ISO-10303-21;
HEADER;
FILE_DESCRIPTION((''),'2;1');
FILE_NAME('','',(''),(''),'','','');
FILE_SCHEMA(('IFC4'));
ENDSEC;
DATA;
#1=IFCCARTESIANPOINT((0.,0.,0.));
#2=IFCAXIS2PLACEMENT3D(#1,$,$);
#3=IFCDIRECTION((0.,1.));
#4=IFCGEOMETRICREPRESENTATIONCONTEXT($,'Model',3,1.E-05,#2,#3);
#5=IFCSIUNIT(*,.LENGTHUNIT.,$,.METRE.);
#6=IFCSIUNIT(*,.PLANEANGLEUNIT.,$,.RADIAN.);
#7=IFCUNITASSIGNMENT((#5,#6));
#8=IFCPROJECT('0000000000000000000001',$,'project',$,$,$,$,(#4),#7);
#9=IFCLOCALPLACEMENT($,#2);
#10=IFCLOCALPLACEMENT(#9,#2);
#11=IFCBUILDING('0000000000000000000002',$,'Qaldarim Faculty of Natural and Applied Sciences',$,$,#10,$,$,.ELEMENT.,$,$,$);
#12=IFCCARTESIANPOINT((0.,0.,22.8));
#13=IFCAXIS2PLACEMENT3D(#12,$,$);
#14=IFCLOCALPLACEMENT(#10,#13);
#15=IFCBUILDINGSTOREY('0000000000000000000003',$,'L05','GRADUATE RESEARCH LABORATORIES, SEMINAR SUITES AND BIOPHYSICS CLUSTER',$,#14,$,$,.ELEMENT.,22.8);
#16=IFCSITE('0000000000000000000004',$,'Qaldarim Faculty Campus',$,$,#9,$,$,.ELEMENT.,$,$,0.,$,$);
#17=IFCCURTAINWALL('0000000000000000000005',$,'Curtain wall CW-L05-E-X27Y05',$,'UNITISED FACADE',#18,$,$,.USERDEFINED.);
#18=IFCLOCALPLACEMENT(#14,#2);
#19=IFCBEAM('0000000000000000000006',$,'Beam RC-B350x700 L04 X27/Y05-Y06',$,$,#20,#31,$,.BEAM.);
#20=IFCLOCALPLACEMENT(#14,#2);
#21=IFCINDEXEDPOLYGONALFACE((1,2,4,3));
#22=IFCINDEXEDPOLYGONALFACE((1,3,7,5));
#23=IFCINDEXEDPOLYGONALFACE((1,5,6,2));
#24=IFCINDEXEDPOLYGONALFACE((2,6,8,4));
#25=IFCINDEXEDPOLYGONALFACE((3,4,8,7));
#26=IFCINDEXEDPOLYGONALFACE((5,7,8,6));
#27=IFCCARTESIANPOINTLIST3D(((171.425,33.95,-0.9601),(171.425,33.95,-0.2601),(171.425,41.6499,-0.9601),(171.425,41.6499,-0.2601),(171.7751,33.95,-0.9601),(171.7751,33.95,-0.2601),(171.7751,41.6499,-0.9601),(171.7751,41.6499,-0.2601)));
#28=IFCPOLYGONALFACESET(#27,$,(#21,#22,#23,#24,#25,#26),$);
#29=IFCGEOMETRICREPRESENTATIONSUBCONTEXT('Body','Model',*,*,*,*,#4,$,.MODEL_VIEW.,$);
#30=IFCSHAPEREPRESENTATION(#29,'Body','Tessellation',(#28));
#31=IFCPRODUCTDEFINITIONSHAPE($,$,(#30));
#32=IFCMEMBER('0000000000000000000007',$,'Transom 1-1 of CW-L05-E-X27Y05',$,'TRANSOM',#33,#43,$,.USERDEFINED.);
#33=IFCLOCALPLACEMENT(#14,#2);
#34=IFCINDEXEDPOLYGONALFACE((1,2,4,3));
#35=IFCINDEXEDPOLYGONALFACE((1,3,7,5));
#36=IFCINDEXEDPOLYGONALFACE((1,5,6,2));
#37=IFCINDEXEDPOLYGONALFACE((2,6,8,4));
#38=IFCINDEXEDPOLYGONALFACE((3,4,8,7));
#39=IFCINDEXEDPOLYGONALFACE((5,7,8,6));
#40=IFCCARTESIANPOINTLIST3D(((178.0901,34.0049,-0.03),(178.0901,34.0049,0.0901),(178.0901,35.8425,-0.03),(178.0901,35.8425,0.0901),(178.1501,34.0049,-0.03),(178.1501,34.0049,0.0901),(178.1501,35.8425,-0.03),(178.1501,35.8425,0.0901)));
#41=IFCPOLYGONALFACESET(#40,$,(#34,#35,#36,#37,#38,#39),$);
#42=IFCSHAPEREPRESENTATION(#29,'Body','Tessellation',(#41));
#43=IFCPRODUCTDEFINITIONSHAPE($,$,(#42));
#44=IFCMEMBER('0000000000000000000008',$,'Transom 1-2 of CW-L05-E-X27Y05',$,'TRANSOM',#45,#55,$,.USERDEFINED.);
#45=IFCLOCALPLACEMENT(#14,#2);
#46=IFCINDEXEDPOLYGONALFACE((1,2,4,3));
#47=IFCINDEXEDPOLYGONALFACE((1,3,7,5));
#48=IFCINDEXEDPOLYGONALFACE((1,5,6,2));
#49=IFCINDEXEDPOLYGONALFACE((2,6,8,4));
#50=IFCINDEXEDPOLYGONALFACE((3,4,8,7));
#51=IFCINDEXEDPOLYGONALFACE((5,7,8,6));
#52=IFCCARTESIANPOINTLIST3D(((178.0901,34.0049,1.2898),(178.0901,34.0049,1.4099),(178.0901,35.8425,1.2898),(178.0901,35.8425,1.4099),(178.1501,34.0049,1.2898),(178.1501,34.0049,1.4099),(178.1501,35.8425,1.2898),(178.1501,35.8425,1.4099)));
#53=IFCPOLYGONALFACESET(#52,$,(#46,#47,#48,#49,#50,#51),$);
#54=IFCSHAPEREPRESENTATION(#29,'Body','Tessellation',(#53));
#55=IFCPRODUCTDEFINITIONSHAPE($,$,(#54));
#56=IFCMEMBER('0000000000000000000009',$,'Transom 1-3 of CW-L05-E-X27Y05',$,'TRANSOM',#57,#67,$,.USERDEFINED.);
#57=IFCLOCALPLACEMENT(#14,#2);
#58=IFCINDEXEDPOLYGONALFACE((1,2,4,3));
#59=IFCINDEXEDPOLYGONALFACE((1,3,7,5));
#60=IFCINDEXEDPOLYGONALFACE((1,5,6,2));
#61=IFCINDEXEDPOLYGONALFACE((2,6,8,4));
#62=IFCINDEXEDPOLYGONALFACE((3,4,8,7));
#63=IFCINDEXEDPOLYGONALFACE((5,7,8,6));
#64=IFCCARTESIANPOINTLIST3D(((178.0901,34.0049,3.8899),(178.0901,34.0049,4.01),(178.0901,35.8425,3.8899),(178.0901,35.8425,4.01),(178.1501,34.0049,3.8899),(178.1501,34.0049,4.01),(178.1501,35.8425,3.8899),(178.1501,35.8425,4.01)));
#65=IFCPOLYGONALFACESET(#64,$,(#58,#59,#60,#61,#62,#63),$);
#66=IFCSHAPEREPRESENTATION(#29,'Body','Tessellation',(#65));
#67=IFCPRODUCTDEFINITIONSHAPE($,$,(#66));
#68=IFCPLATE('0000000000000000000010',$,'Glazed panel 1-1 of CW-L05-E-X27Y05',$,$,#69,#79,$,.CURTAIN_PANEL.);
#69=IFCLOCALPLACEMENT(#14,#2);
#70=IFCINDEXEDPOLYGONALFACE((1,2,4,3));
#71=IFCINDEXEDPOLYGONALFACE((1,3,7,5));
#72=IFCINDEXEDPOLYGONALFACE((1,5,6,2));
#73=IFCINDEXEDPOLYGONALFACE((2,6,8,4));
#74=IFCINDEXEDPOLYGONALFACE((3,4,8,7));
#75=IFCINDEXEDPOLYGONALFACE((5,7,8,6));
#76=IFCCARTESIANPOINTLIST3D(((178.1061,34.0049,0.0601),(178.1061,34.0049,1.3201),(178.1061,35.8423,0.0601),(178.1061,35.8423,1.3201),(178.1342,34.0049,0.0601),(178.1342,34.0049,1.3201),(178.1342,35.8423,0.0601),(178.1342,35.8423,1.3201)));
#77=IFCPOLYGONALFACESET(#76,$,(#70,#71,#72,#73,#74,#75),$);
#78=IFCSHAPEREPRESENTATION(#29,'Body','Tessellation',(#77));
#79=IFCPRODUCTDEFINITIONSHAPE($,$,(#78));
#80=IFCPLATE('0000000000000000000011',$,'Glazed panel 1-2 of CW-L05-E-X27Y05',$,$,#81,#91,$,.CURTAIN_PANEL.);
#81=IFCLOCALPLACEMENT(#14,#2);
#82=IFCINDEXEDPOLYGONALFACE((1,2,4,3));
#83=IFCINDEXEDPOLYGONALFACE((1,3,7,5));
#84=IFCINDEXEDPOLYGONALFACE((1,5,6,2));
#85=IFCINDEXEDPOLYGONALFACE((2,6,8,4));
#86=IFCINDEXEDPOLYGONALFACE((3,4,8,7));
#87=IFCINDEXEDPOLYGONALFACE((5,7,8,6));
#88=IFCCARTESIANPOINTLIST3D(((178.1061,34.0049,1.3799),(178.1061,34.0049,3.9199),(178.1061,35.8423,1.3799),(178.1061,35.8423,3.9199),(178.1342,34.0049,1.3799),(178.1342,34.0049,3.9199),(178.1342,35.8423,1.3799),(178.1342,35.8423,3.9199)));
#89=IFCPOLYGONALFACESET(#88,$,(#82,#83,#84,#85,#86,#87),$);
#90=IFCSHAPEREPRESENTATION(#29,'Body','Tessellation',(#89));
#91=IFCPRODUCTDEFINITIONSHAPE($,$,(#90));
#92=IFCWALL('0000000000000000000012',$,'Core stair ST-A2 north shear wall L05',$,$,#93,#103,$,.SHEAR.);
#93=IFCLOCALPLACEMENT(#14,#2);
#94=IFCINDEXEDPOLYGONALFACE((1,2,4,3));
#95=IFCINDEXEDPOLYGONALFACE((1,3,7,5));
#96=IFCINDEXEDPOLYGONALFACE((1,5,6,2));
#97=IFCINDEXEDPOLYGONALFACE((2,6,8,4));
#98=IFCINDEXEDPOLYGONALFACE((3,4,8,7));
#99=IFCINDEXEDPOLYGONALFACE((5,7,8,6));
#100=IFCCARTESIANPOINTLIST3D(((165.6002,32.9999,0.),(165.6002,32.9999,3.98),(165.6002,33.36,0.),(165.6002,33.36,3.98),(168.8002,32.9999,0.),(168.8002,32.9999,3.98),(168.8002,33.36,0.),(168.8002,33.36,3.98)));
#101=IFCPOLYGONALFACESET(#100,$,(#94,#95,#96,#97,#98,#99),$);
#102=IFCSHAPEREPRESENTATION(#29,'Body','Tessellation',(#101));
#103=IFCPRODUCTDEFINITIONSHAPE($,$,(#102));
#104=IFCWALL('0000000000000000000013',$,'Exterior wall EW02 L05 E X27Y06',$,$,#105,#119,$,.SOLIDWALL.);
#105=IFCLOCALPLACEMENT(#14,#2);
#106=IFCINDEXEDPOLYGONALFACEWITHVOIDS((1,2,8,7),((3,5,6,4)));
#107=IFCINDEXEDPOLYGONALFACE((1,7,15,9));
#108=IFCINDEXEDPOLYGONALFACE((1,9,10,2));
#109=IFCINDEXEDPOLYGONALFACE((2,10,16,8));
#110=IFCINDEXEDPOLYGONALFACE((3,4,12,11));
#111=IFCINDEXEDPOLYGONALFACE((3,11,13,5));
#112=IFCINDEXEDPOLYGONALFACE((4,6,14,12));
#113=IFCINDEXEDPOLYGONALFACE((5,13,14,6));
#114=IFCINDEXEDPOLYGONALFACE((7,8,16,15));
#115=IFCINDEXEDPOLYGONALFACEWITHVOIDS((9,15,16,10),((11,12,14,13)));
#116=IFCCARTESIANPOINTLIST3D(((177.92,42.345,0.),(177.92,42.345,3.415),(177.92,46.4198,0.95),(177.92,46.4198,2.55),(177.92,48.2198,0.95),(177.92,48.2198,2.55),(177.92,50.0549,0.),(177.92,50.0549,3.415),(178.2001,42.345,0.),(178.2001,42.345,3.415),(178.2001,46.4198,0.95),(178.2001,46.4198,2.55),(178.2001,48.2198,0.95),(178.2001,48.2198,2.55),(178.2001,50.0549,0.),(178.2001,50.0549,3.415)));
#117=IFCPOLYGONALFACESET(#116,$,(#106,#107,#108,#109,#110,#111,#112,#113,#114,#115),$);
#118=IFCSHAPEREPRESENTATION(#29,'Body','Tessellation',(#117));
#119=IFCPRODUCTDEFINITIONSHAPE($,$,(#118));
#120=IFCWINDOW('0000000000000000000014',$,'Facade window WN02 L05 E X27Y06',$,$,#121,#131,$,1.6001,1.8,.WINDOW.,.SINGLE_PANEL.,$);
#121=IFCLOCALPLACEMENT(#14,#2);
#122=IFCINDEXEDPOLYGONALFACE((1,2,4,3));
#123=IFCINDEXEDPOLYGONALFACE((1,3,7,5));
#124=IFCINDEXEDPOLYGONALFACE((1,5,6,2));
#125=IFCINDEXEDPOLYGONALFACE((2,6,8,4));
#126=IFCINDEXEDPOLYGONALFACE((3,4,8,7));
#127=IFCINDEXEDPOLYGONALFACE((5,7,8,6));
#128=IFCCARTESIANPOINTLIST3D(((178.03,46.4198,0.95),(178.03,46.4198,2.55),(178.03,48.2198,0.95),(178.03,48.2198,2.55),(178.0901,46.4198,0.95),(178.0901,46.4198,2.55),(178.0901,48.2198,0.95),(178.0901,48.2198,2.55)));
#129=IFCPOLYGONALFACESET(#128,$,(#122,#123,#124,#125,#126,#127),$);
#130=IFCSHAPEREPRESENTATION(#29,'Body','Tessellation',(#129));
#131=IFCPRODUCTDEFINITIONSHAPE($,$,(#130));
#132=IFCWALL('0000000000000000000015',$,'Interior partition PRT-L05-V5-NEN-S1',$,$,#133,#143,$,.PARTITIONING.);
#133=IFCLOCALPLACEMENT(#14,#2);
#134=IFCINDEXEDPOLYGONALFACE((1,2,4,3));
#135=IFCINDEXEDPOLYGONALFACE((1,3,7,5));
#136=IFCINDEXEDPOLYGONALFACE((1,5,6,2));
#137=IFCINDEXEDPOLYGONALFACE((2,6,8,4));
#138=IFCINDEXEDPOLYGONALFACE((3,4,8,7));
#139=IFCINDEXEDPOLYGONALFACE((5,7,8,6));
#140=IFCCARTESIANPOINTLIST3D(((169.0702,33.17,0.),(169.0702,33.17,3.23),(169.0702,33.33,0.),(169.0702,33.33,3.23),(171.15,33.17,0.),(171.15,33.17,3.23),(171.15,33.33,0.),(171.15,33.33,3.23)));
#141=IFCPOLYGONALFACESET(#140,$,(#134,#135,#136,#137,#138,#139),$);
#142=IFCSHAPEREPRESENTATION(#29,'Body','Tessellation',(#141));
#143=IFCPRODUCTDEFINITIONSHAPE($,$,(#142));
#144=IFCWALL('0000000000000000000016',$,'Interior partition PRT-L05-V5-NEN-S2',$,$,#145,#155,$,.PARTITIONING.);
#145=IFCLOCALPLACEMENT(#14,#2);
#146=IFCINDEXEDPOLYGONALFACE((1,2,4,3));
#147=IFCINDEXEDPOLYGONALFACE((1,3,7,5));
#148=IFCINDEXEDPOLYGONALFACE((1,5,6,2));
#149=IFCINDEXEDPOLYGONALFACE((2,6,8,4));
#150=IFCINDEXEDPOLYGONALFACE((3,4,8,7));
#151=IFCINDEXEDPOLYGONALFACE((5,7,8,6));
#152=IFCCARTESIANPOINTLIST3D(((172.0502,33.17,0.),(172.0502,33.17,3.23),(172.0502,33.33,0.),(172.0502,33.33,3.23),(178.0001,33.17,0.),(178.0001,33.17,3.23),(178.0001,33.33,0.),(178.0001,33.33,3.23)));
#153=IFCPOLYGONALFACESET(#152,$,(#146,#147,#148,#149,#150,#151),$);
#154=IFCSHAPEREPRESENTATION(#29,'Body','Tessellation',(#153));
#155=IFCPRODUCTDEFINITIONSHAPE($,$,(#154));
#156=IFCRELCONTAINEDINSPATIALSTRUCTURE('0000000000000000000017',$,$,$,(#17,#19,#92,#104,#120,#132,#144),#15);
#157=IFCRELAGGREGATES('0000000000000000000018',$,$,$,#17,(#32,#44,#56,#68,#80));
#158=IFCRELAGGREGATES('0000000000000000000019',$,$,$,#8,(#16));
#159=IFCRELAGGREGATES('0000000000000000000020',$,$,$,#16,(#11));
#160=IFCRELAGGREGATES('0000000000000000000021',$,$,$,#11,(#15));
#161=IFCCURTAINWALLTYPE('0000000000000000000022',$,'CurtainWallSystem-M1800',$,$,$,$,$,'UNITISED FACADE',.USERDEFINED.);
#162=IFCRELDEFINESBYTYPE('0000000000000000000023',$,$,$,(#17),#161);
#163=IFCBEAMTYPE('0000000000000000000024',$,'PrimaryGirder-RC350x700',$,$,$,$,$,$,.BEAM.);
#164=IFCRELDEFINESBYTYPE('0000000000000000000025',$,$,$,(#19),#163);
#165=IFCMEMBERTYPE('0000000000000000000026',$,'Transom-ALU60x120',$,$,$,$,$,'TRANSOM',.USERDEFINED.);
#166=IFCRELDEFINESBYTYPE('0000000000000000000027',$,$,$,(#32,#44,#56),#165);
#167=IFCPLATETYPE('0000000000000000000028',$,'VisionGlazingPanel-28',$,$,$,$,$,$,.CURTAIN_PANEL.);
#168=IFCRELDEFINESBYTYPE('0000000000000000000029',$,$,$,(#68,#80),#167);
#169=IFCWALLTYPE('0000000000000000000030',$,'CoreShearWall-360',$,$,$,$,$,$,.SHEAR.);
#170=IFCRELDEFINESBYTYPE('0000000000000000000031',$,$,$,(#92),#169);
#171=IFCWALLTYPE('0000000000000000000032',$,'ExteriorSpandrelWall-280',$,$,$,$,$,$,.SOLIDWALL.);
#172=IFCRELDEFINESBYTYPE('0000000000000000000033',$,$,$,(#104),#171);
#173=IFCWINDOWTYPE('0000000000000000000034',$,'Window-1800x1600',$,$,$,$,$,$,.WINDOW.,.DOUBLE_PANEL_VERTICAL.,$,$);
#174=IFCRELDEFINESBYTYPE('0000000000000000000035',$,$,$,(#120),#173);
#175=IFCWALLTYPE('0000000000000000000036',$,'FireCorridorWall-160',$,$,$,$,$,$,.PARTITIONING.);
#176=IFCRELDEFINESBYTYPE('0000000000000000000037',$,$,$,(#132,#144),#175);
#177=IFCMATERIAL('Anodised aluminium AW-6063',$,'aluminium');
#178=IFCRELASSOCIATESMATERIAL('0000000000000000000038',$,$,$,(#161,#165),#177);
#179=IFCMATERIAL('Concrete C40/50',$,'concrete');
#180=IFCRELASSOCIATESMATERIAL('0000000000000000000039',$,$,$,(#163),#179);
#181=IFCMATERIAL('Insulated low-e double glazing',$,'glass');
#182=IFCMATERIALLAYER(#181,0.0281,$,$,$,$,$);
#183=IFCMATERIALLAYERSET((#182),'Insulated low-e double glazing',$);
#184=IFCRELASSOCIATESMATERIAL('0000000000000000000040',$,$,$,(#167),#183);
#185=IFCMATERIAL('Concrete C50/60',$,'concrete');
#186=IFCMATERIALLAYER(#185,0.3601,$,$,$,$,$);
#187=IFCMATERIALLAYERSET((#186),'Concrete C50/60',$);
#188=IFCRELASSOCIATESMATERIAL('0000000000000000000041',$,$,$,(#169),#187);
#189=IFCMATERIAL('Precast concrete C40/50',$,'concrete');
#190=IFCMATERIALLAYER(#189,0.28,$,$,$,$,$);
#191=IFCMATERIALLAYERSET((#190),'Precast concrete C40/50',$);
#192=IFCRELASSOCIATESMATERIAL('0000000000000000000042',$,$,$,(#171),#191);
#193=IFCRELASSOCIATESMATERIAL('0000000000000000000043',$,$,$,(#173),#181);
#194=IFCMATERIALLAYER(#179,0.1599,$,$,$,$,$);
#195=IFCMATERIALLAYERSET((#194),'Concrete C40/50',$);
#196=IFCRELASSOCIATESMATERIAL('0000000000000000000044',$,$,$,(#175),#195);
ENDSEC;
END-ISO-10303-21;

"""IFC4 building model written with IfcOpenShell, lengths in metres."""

from ifc_helpers import new_model, si_unit, direction, frame, frame_2d, origin, origin_2d, place, context, subcontext, project, spatial, rectangle, extrude, material, layer, layer_set, material_profile, profile_set, type_object, element, fill, aggregate, save


model = new_model("IFC4")

# Units and contexts
model_context = context("Model", 3, precision=1e-05, world=origin(), true_north=direction((0.0, 1.0)))
body_context = subcontext(model_context, "Body", "Model", "MODEL_VIEW")
ifc_project = project(units=[si_unit("LENGTHUNIT", "METRE"), si_unit("PLANEANGLEUNIT", "RADIAN")], contexts=[model_context])

# Site, building, storey
site_placement = place(None, origin())
site = spatial("IfcSite", under=ifc_project, at=site_placement, Name="Qaldarim Faculty Campus", CompositionType="ELEMENT", RefElevation=0.0)
building_placement = place(site_placement, origin())
building = spatial("IfcBuilding", under=site, at=building_placement, Name="Qaldarim Faculty of Natural and Applied Sciences", CompositionType="ELEMENT")
storey_placement = place(building_placement, frame((0.0, 0.0, 22.8)))
storey = spatial("IfcBuildingStorey", under=building, at=storey_placement, Name="L05", Description="GRADUATE RESEARCH LABORATORIES, SEMINAR SUITES AND BIOPHYSICS CLUSTER", CompositionType="ELEMENT", Elevation=22.8)

# Shared definitions
ifc_material_1 = material(Name="Concrete C50/60", Category="concrete")

# Shared definitions
ifc_material_2 = material(Name="Concrete C40/50", Category="concrete")

# Curtain wall
ifc_material_3 = material(Name="Anodised aluminium AW-6063", Category="aluminium")
curtain_wall_type = type_object("IfcCurtainWallType", Name="CurtainWallSystem-M1800", ElementType="UNITISED FACADE", PredefinedType="USERDEFINED", material=ifc_material_3)
curtain_wall_placement = place(storey_placement, origin())
curtain_wall = element("IfcCurtainWall", 1, at=curtain_wall_placement, inside=storey, type_object=curtain_wall_type, Name="Curtain wall CW-L05-E-X27Y05", ObjectType="UNITISED FACADE", PredefinedType="USERDEFINED")

# Beam
ifc_material_profile_1 = material_profile(ifc_material_2, rectangle(XDim=0.3501, YDim=0.7, at=origin_2d()), Name="RC-B350x700")
ifc_profile_set_1 = profile_set([ifc_material_profile_1], Name="Concrete C40/50")
beam_type_1 = type_object("IfcBeamType", Name="PrimaryGirder-RC350x700", PredefinedType="BEAM", material=ifc_profile_set_1)
beam_1_placement = place(storey_placement, frame((171.6001, 33.95, -0.6101), z_axis=(0.0, 1.0, 0.0), x_axis=(-1.0, 0.0, 0.0)))
element("IfcBeam", 2, at=beam_1_placement, inside=storey, type_object=beam_type_1, Name="Beam RC-B350x700 L04 X27/Y05-Y06", PredefinedType="BEAM", context=body_context, shape_type="SweptSolid", body=[
    extrude(rectangle(XDim=0.3501, YDim=0.7, at=origin_2d()), origin(), (0.0, 0.0, 1.0), 7.7),
])

# Members
ifc_material_profile_2 = material_profile(ifc_material_3, rectangle(XDim=0.0601, YDim=0.1201, at=origin_2d()), Name="ALU-T60x120")
ifc_profile_set_2 = profile_set([ifc_material_profile_2], Name="Anodised aluminium AW-6063")
member_type_1 = type_object("IfcMemberType", Name="Transom-ALU60x120", ElementType="TRANSOM", PredefinedType="USERDEFINED", material=ifc_profile_set_2)
member_1_placement = place(storey_placement, frame((178.1201, 34.0049, 0.03), z_axis=(0.0, 1.0, 0.0), x_axis=(-1.0, 0.0, 0.0)))
member_1 = element("IfcMember", 3, at=member_1_placement, type_object=member_type_1, Name="Transom 1-1 of CW-L05-E-X27Y05", ObjectType="TRANSOM", PredefinedType="USERDEFINED", context=body_context, shape_type="SweptSolid", body=[
    extrude(rectangle(XDim=0.0601, YDim=0.1201, at=origin_2d()), origin(), (0.0, 0.0, 1.0), 1.8376),
])
member_2_placement = place(storey_placement, frame((178.1201, 34.0049, 1.3499), z_axis=(0.0, 1.0, 0.0), x_axis=(-1.0, 0.0, 0.0)))
member_2 = element("IfcMember", 4, at=member_2_placement, type_object=member_type_1, Name="Transom 1-2 of CW-L05-E-X27Y05", ObjectType="TRANSOM", PredefinedType="USERDEFINED", context=body_context, shape_type="SweptSolid", body=[
    extrude(rectangle(XDim=0.0601, YDim=0.1201, at=origin_2d()), origin(), (0.0, 0.0, 1.0), 1.8376),
])
member_3_placement = place(storey_placement, frame((178.1201, 34.0049, 3.95), z_axis=(0.0, 1.0, 0.0), x_axis=(-1.0, 0.0, 0.0)))
member_3 = element("IfcMember", 5, at=member_3_placement, type_object=member_type_1, Name="Transom 1-3 of CW-L05-E-X27Y05", ObjectType="TRANSOM", PredefinedType="USERDEFINED", context=body_context, shape_type="SweptSolid", body=[
    extrude(rectangle(XDim=0.0601, YDim=0.1201, at=origin_2d()), origin(), (0.0, 0.0, 1.0), 1.8376),
])

# Plates
ifc_material_4 = material(Name="Insulated low-e double glazing", Category="glass")
ifc_layer_1 = layer(ifc_material_4, 0.0281)
ifc_layer_set_1 = layer_set([ifc_layer_1], Name="Insulated low-e double glazing")
plate_type = type_object("IfcPlateType", Name="VisionGlazingPanel-28", PredefinedType="CURTAIN_PANEL", material=ifc_layer_set_1)
plate_1_placement = place(storey_placement, frame((178.1201, 34.9236, 0.0601), z_axis=(0.0, 0.0, 1.0), x_axis=(0.0, 1.0, 0.0)))
plate_1 = element("IfcPlate", 6, at=plate_1_placement, type_object=plate_type, Name="Glazed panel 1-1 of CW-L05-E-X27Y05", PredefinedType="CURTAIN_PANEL", context=body_context, shape_type="SweptSolid", body=[
    extrude(rectangle(XDim=1.8374, YDim=0.0281, at=origin_2d()), origin(), (0.0, 0.0, 1.0), 1.26),
])
plate_2_placement = place(storey_placement, frame((178.1201, 34.9236, 1.3799), z_axis=(0.0, 0.0, 1.0), x_axis=(0.0, 1.0, 0.0)))
plate_2 = element("IfcPlate", 7, at=plate_2_placement, type_object=plate_type, Name="Glazed panel 1-2 of CW-L05-E-X27Y05", PredefinedType="CURTAIN_PANEL", context=body_context, shape_type="SweptSolid", body=[
    extrude(rectangle(XDim=1.8374, YDim=0.0281, at=origin_2d()), origin(), (0.0, 0.0, 1.0), 2.54),
])
aggregate(curtain_wall, [member_1, member_2, member_3, plate_1, plate_2])

# Wall
ifc_layer_2 = layer(ifc_material_1, 0.3601)
ifc_layer_set_2 = layer_set([ifc_layer_2], Name="Concrete C50/60")
wall_type_1 = type_object("IfcWallType", Name="CoreShearWall-360", PredefinedType="SHEAR", material=ifc_layer_set_2)
wall_1_placement = place(storey_placement, frame((165.6001, 33.1799, 0.0), z_axis=(0.0, 0.0, 1.0), x_axis=(1.0, 0.0, 0.0)))
element("IfcWall", 8, at=wall_1_placement, inside=storey, type_object=wall_type_1, Name="Core stair ST-A2 north shear wall L05", PredefinedType="SHEAR", context=body_context, shape_type="SweptSolid", body=[
    extrude(rectangle(XDim=3.2, YDim=0.3601, at=frame_2d((1.6001, 0.0))), origin(), (0.0, 0.0, 1.0), 3.98),
])

# Wall, opening, window
ifc_material_5 = material(Name="Precast concrete C40/50", Category="concrete")
ifc_layer_3 = layer(ifc_material_5, 0.28)
ifc_layer_set_3 = layer_set([ifc_layer_3], Name="Precast concrete C40/50")
wall_type_2 = type_object("IfcWallType", Name="ExteriorSpandrelWall-280", PredefinedType="SOLIDWALL", material=ifc_layer_set_3)
wall_2_placement = place(storey_placement, frame((178.0601, 42.345, 0.0), z_axis=(0.0, 0.0, 1.0), x_axis=(0.0, 1.0, 0.0)))
wall_2 = element("IfcWall", 9, at=wall_2_placement, inside=storey, type_object=wall_type_2, Name="Exterior wall EW02 L05 E X27Y06", PredefinedType="SOLIDWALL", context=body_context, shape_type="SweptSolid", body=[
    extrude(rectangle(XDim=7.71, YDim=0.28, at=frame_2d((3.855, 0.0))), origin(), (0.0, 0.0, 1.0), 3.415),
])
opening_placement = place(wall_2_placement, frame((4.075, 0.0, 0.95)))
opening = element("IfcOpeningElement", 10, at=opening_placement, cuts=wall_2, PredefinedType="OPENING", context=body_context, shape_type="SweptSolid", body=[
    extrude(rectangle(XDim=1.8, YDim=1.6001, at=frame_2d((0.8999, 0.8))), frame((0.0, 0.1499, 0.0), z_axis=(0.0, -1.0, 0.0), x_axis=(1.0, 0.0, 0.0)), (0.0, 0.0, 1.0), 0.3),
])
window_type = type_object("IfcWindowType", Name="Window-1800x1600", PartitioningType="DOUBLE_PANEL_VERTICAL", PredefinedType="WINDOW", material=ifc_material_4)
window_placement = place(opening_placement, origin())
window = element("IfcWindow", 11, at=window_placement, inside=storey, type_object=window_type, Name="Facade window WN02 L05 E X27Y06", OverallHeight=1.6001, OverallWidth=1.8, PartitioningType="SINGLE_PANEL", PredefinedType="WINDOW", context=body_context, shape_type="SweptSolid", body=[
    extrude(rectangle(XDim=1.8, YDim=1.6001, at=frame_2d((0.8999, 0.8))), frame((0.0, 0.03, 0.0), z_axis=(0.0, -1.0, 0.0), x_axis=(1.0, 0.0, 0.0)), (0.0, 0.0, 1.0), 0.0601),
])
fill(opening, window)

# Walls
ifc_layer_4 = layer(ifc_material_2, 0.1599)
ifc_layer_set_4 = layer_set([ifc_layer_4], Name="Concrete C40/50")
wall_type_3 = type_object("IfcWallType", Name="FireCorridorWall-160", PredefinedType="PARTITIONING", material=ifc_layer_set_4)
wall_3_placement = place(storey_placement, frame((169.0701, 33.25, 0.0), z_axis=(0.0, 0.0, 1.0), x_axis=(1.0, 0.0, 0.0)))
element("IfcWall", 12, at=wall_3_placement, inside=storey, type_object=wall_type_3, Name="Interior partition PRT-L05-V5-NEN-S1", PredefinedType="PARTITIONING", context=body_context, shape_type="SweptSolid", body=[
    extrude(rectangle(XDim=2.0798, YDim=0.1599, at=frame_2d((1.04, 0.0))), origin(), (0.0, 0.0, 1.0), 3.23),
])
wall_4_placement = place(storey_placement, frame((172.05, 33.25, 0.0), z_axis=(0.0, 0.0, 1.0), x_axis=(1.0, 0.0, 0.0)))
element("IfcWall", 13, at=wall_4_placement, inside=storey, type_object=wall_type_3, Name="Interior partition PRT-L05-V5-NEN-S2", PredefinedType="PARTITIONING", context=body_context, shape_type="SweptSolid", body=[
    extrude(rectangle(XDim=5.95, YDim=0.1599, at=frame_2d((2.9751, 0.0))), origin(), (0.0, 0.0, 1.0), 3.23),
])

save(model, "model.ifc")
